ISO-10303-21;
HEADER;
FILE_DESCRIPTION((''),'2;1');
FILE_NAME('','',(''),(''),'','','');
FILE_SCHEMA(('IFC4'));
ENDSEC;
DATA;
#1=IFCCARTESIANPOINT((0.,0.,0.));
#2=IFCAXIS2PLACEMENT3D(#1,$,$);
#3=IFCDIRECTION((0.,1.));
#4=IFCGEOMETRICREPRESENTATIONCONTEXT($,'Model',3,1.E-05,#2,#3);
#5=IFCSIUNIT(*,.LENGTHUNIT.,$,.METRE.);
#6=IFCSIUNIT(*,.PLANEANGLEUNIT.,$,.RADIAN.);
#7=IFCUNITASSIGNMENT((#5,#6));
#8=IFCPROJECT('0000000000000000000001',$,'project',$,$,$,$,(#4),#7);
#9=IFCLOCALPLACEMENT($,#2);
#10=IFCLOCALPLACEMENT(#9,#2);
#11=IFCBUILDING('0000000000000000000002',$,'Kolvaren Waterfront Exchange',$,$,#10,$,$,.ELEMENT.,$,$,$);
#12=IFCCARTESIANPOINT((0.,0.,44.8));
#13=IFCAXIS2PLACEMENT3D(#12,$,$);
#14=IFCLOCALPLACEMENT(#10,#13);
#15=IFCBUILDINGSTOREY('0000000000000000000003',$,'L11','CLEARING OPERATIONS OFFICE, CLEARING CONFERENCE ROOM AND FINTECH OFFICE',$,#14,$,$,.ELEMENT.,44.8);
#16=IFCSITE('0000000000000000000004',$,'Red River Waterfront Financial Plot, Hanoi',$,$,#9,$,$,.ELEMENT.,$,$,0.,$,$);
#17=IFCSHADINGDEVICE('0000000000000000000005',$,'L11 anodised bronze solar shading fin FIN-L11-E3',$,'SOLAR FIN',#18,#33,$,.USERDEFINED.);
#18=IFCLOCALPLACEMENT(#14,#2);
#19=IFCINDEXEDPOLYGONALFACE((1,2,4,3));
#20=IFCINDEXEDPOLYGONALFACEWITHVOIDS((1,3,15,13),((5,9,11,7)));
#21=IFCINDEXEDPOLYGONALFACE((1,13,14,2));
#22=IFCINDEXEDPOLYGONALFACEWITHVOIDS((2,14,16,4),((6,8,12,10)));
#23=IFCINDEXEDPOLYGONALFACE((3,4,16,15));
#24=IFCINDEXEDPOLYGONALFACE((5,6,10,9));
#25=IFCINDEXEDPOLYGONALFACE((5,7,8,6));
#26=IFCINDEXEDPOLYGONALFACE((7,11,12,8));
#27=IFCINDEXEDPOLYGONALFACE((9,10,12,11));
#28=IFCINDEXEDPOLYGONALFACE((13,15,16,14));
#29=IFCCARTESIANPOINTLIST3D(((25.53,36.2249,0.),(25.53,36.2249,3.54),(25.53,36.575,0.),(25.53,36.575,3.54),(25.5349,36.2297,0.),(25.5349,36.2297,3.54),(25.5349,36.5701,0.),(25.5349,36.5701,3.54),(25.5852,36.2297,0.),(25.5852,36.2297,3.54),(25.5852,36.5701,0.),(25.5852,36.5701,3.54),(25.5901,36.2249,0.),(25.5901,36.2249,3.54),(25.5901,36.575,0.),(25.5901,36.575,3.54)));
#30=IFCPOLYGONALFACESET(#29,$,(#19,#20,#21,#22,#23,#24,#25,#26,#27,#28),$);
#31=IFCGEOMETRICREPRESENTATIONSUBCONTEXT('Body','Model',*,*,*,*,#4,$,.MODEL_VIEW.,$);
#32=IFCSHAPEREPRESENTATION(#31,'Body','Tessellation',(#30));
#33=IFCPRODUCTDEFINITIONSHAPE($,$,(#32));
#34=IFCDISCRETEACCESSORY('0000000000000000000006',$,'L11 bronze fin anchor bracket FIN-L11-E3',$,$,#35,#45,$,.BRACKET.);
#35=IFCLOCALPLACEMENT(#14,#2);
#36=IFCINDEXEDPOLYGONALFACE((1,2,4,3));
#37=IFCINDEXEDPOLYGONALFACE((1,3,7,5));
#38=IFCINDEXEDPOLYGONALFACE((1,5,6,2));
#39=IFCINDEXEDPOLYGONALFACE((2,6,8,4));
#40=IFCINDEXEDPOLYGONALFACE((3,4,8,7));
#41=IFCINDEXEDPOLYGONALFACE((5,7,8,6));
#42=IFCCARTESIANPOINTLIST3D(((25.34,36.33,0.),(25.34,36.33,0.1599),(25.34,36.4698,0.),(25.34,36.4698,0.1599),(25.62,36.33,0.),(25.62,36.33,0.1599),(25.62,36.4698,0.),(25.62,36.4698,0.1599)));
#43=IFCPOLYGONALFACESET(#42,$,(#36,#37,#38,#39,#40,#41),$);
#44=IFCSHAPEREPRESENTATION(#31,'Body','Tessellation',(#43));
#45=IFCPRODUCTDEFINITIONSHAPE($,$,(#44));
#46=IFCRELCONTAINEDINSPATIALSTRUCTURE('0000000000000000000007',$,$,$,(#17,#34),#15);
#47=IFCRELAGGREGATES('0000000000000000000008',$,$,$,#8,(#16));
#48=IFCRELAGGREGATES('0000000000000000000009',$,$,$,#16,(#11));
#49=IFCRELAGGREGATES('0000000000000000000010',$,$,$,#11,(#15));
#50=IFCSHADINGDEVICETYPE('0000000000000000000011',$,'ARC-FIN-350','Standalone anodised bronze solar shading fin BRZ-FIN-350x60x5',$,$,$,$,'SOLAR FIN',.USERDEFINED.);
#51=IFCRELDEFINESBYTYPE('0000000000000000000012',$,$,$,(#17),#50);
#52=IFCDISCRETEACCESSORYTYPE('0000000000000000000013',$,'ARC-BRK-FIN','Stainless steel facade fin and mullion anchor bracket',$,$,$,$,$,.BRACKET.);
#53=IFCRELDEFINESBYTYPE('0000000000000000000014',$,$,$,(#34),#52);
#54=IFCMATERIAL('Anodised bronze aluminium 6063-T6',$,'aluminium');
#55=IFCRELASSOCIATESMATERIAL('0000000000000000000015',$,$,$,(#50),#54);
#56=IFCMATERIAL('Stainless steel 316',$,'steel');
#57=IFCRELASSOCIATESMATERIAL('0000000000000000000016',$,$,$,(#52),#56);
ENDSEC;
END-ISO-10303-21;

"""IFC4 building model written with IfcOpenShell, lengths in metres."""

from ifc_helpers import new_model, si_unit, direction, frame, origin, origin_with_axes, origin_2d, place, context, subcontext, project, spatial, rectangle, hollow_rectangle, extrude, source, transform, mapped, material, material_profile, profile_set, type_object, element, save


model = new_model("IFC4")

# Units and contexts
model_context = context("Model", 3, precision=1e-05, world=origin(), true_north=direction((0.0, 1.0)))
body_context = subcontext(model_context, "Body", "Model", "MODEL_VIEW")
ifc_project = project(units=[si_unit("LENGTHUNIT", "METRE"), si_unit("PLANEANGLEUNIT", "RADIAN")], contexts=[model_context])

# Site, building, storey
site_placement = place(None, origin())
site = spatial("IfcSite", under=ifc_project, at=site_placement, Name="Red River Waterfront Financial Plot, Hanoi", CompositionType="ELEMENT", RefElevation=0.0)
building_placement = place(site_placement, origin())
building = spatial("IfcBuilding", under=site, at=building_placement, Name="Kolvaren Waterfront Exchange", CompositionType="ELEMENT")
storey_placement = place(building_placement, frame((0.0, 0.0, 44.8)))
storey = spatial("IfcBuildingStorey", under=building, at=storey_placement, Name="L11", Description="CLEARING OPERATIONS OFFICE, CLEARING CONFERENCE ROOM AND FINTECH OFFICE", CompositionType="ELEMENT", Elevation=44.8)

# Shared definitions
ifc_material_1 = material(Name="Anodised bronze aluminium 6063-T6", Category="aluminium")

# Shading device
ifc_material_profile_1 = material_profile(ifc_material_1, hollow_rectangle(XDim=0.0601, YDim=0.3501, WallThickness=0.0049, at=origin_2d()), Name="BRZ-FIN-350x60x5")
ifc_profile_set_1 = profile_set([ifc_material_profile_1], Name="Anodised bronze aluminium 6063-T6")
shading_device_type = type_object("IfcShadingDeviceType", Name="ARC-FIN-350", Description="Standalone anodised bronze solar shading fin BRZ-FIN-350x60x5", ElementType="SOLAR FIN", PredefinedType="USERDEFINED", material=ifc_profile_set_1)
shading_device_placement = place(storey_placement, frame((25.5601, 36.3999, 0.0), z_axis=(0.0, 0.0, 1.0), x_axis=(1.0, 0.0, 0.0)))
element("IfcShadingDevice", 1, at=shading_device_placement, inside=storey, type_object=shading_device_type, Name="L11 anodised bronze solar shading fin FIN-L11-E3", ObjectType="SOLAR FIN", PredefinedType="USERDEFINED", context=body_context, shape_type="SweptSolid", body=[
    extrude(hollow_rectangle(XDim=0.0601, YDim=0.3501, WallThickness=0.0049, at=origin_2d()), origin(), (0.0, 0.0, 1.0), 3.54),
])

# Discrete accessory
ifc_material_2 = material(Name="Stainless steel 316", Category="steel")
discrete_accessory_type = type_object("IfcDiscreteAccessoryType", Name="ARC-BRK-FIN", Description="Stainless steel facade fin and mullion anchor bracket", PredefinedType="BRACKET", material=ifc_material_2)
shared_shape_1 = source(origin_with_axes(), body_context, "Body", "SweptSolid", [
    extrude(rectangle(XDim=0.28, YDim=0.1399, at=origin_2d()), origin(), (0.0, 0.0, 1.0), 0.1599),
])
discrete_accessory_placement = place(storey_placement, frame((25.48, 36.3999, 0.0), z_axis=(0.0, 0.0, 1.0), x_axis=(1.0, 0.0, 0.0)))
element("IfcDiscreteAccessory", 2, at=discrete_accessory_placement, inside=storey, type_object=discrete_accessory_type, Name="L11 bronze fin anchor bracket FIN-L11-E3", PredefinedType="BRACKET", context=body_context, shape_type="MappedRepresentation", body=[
    mapped(shared_shape_1, transform((0.0, 0.0, 0.0), x_axis=(1.0, 0.0, 0.0), y_axis=(0.0, 1.0, 0.0), z_axis=(0.0, 0.0, 1.0), scale=1.0)),
])

save(model, "model.ifc")
